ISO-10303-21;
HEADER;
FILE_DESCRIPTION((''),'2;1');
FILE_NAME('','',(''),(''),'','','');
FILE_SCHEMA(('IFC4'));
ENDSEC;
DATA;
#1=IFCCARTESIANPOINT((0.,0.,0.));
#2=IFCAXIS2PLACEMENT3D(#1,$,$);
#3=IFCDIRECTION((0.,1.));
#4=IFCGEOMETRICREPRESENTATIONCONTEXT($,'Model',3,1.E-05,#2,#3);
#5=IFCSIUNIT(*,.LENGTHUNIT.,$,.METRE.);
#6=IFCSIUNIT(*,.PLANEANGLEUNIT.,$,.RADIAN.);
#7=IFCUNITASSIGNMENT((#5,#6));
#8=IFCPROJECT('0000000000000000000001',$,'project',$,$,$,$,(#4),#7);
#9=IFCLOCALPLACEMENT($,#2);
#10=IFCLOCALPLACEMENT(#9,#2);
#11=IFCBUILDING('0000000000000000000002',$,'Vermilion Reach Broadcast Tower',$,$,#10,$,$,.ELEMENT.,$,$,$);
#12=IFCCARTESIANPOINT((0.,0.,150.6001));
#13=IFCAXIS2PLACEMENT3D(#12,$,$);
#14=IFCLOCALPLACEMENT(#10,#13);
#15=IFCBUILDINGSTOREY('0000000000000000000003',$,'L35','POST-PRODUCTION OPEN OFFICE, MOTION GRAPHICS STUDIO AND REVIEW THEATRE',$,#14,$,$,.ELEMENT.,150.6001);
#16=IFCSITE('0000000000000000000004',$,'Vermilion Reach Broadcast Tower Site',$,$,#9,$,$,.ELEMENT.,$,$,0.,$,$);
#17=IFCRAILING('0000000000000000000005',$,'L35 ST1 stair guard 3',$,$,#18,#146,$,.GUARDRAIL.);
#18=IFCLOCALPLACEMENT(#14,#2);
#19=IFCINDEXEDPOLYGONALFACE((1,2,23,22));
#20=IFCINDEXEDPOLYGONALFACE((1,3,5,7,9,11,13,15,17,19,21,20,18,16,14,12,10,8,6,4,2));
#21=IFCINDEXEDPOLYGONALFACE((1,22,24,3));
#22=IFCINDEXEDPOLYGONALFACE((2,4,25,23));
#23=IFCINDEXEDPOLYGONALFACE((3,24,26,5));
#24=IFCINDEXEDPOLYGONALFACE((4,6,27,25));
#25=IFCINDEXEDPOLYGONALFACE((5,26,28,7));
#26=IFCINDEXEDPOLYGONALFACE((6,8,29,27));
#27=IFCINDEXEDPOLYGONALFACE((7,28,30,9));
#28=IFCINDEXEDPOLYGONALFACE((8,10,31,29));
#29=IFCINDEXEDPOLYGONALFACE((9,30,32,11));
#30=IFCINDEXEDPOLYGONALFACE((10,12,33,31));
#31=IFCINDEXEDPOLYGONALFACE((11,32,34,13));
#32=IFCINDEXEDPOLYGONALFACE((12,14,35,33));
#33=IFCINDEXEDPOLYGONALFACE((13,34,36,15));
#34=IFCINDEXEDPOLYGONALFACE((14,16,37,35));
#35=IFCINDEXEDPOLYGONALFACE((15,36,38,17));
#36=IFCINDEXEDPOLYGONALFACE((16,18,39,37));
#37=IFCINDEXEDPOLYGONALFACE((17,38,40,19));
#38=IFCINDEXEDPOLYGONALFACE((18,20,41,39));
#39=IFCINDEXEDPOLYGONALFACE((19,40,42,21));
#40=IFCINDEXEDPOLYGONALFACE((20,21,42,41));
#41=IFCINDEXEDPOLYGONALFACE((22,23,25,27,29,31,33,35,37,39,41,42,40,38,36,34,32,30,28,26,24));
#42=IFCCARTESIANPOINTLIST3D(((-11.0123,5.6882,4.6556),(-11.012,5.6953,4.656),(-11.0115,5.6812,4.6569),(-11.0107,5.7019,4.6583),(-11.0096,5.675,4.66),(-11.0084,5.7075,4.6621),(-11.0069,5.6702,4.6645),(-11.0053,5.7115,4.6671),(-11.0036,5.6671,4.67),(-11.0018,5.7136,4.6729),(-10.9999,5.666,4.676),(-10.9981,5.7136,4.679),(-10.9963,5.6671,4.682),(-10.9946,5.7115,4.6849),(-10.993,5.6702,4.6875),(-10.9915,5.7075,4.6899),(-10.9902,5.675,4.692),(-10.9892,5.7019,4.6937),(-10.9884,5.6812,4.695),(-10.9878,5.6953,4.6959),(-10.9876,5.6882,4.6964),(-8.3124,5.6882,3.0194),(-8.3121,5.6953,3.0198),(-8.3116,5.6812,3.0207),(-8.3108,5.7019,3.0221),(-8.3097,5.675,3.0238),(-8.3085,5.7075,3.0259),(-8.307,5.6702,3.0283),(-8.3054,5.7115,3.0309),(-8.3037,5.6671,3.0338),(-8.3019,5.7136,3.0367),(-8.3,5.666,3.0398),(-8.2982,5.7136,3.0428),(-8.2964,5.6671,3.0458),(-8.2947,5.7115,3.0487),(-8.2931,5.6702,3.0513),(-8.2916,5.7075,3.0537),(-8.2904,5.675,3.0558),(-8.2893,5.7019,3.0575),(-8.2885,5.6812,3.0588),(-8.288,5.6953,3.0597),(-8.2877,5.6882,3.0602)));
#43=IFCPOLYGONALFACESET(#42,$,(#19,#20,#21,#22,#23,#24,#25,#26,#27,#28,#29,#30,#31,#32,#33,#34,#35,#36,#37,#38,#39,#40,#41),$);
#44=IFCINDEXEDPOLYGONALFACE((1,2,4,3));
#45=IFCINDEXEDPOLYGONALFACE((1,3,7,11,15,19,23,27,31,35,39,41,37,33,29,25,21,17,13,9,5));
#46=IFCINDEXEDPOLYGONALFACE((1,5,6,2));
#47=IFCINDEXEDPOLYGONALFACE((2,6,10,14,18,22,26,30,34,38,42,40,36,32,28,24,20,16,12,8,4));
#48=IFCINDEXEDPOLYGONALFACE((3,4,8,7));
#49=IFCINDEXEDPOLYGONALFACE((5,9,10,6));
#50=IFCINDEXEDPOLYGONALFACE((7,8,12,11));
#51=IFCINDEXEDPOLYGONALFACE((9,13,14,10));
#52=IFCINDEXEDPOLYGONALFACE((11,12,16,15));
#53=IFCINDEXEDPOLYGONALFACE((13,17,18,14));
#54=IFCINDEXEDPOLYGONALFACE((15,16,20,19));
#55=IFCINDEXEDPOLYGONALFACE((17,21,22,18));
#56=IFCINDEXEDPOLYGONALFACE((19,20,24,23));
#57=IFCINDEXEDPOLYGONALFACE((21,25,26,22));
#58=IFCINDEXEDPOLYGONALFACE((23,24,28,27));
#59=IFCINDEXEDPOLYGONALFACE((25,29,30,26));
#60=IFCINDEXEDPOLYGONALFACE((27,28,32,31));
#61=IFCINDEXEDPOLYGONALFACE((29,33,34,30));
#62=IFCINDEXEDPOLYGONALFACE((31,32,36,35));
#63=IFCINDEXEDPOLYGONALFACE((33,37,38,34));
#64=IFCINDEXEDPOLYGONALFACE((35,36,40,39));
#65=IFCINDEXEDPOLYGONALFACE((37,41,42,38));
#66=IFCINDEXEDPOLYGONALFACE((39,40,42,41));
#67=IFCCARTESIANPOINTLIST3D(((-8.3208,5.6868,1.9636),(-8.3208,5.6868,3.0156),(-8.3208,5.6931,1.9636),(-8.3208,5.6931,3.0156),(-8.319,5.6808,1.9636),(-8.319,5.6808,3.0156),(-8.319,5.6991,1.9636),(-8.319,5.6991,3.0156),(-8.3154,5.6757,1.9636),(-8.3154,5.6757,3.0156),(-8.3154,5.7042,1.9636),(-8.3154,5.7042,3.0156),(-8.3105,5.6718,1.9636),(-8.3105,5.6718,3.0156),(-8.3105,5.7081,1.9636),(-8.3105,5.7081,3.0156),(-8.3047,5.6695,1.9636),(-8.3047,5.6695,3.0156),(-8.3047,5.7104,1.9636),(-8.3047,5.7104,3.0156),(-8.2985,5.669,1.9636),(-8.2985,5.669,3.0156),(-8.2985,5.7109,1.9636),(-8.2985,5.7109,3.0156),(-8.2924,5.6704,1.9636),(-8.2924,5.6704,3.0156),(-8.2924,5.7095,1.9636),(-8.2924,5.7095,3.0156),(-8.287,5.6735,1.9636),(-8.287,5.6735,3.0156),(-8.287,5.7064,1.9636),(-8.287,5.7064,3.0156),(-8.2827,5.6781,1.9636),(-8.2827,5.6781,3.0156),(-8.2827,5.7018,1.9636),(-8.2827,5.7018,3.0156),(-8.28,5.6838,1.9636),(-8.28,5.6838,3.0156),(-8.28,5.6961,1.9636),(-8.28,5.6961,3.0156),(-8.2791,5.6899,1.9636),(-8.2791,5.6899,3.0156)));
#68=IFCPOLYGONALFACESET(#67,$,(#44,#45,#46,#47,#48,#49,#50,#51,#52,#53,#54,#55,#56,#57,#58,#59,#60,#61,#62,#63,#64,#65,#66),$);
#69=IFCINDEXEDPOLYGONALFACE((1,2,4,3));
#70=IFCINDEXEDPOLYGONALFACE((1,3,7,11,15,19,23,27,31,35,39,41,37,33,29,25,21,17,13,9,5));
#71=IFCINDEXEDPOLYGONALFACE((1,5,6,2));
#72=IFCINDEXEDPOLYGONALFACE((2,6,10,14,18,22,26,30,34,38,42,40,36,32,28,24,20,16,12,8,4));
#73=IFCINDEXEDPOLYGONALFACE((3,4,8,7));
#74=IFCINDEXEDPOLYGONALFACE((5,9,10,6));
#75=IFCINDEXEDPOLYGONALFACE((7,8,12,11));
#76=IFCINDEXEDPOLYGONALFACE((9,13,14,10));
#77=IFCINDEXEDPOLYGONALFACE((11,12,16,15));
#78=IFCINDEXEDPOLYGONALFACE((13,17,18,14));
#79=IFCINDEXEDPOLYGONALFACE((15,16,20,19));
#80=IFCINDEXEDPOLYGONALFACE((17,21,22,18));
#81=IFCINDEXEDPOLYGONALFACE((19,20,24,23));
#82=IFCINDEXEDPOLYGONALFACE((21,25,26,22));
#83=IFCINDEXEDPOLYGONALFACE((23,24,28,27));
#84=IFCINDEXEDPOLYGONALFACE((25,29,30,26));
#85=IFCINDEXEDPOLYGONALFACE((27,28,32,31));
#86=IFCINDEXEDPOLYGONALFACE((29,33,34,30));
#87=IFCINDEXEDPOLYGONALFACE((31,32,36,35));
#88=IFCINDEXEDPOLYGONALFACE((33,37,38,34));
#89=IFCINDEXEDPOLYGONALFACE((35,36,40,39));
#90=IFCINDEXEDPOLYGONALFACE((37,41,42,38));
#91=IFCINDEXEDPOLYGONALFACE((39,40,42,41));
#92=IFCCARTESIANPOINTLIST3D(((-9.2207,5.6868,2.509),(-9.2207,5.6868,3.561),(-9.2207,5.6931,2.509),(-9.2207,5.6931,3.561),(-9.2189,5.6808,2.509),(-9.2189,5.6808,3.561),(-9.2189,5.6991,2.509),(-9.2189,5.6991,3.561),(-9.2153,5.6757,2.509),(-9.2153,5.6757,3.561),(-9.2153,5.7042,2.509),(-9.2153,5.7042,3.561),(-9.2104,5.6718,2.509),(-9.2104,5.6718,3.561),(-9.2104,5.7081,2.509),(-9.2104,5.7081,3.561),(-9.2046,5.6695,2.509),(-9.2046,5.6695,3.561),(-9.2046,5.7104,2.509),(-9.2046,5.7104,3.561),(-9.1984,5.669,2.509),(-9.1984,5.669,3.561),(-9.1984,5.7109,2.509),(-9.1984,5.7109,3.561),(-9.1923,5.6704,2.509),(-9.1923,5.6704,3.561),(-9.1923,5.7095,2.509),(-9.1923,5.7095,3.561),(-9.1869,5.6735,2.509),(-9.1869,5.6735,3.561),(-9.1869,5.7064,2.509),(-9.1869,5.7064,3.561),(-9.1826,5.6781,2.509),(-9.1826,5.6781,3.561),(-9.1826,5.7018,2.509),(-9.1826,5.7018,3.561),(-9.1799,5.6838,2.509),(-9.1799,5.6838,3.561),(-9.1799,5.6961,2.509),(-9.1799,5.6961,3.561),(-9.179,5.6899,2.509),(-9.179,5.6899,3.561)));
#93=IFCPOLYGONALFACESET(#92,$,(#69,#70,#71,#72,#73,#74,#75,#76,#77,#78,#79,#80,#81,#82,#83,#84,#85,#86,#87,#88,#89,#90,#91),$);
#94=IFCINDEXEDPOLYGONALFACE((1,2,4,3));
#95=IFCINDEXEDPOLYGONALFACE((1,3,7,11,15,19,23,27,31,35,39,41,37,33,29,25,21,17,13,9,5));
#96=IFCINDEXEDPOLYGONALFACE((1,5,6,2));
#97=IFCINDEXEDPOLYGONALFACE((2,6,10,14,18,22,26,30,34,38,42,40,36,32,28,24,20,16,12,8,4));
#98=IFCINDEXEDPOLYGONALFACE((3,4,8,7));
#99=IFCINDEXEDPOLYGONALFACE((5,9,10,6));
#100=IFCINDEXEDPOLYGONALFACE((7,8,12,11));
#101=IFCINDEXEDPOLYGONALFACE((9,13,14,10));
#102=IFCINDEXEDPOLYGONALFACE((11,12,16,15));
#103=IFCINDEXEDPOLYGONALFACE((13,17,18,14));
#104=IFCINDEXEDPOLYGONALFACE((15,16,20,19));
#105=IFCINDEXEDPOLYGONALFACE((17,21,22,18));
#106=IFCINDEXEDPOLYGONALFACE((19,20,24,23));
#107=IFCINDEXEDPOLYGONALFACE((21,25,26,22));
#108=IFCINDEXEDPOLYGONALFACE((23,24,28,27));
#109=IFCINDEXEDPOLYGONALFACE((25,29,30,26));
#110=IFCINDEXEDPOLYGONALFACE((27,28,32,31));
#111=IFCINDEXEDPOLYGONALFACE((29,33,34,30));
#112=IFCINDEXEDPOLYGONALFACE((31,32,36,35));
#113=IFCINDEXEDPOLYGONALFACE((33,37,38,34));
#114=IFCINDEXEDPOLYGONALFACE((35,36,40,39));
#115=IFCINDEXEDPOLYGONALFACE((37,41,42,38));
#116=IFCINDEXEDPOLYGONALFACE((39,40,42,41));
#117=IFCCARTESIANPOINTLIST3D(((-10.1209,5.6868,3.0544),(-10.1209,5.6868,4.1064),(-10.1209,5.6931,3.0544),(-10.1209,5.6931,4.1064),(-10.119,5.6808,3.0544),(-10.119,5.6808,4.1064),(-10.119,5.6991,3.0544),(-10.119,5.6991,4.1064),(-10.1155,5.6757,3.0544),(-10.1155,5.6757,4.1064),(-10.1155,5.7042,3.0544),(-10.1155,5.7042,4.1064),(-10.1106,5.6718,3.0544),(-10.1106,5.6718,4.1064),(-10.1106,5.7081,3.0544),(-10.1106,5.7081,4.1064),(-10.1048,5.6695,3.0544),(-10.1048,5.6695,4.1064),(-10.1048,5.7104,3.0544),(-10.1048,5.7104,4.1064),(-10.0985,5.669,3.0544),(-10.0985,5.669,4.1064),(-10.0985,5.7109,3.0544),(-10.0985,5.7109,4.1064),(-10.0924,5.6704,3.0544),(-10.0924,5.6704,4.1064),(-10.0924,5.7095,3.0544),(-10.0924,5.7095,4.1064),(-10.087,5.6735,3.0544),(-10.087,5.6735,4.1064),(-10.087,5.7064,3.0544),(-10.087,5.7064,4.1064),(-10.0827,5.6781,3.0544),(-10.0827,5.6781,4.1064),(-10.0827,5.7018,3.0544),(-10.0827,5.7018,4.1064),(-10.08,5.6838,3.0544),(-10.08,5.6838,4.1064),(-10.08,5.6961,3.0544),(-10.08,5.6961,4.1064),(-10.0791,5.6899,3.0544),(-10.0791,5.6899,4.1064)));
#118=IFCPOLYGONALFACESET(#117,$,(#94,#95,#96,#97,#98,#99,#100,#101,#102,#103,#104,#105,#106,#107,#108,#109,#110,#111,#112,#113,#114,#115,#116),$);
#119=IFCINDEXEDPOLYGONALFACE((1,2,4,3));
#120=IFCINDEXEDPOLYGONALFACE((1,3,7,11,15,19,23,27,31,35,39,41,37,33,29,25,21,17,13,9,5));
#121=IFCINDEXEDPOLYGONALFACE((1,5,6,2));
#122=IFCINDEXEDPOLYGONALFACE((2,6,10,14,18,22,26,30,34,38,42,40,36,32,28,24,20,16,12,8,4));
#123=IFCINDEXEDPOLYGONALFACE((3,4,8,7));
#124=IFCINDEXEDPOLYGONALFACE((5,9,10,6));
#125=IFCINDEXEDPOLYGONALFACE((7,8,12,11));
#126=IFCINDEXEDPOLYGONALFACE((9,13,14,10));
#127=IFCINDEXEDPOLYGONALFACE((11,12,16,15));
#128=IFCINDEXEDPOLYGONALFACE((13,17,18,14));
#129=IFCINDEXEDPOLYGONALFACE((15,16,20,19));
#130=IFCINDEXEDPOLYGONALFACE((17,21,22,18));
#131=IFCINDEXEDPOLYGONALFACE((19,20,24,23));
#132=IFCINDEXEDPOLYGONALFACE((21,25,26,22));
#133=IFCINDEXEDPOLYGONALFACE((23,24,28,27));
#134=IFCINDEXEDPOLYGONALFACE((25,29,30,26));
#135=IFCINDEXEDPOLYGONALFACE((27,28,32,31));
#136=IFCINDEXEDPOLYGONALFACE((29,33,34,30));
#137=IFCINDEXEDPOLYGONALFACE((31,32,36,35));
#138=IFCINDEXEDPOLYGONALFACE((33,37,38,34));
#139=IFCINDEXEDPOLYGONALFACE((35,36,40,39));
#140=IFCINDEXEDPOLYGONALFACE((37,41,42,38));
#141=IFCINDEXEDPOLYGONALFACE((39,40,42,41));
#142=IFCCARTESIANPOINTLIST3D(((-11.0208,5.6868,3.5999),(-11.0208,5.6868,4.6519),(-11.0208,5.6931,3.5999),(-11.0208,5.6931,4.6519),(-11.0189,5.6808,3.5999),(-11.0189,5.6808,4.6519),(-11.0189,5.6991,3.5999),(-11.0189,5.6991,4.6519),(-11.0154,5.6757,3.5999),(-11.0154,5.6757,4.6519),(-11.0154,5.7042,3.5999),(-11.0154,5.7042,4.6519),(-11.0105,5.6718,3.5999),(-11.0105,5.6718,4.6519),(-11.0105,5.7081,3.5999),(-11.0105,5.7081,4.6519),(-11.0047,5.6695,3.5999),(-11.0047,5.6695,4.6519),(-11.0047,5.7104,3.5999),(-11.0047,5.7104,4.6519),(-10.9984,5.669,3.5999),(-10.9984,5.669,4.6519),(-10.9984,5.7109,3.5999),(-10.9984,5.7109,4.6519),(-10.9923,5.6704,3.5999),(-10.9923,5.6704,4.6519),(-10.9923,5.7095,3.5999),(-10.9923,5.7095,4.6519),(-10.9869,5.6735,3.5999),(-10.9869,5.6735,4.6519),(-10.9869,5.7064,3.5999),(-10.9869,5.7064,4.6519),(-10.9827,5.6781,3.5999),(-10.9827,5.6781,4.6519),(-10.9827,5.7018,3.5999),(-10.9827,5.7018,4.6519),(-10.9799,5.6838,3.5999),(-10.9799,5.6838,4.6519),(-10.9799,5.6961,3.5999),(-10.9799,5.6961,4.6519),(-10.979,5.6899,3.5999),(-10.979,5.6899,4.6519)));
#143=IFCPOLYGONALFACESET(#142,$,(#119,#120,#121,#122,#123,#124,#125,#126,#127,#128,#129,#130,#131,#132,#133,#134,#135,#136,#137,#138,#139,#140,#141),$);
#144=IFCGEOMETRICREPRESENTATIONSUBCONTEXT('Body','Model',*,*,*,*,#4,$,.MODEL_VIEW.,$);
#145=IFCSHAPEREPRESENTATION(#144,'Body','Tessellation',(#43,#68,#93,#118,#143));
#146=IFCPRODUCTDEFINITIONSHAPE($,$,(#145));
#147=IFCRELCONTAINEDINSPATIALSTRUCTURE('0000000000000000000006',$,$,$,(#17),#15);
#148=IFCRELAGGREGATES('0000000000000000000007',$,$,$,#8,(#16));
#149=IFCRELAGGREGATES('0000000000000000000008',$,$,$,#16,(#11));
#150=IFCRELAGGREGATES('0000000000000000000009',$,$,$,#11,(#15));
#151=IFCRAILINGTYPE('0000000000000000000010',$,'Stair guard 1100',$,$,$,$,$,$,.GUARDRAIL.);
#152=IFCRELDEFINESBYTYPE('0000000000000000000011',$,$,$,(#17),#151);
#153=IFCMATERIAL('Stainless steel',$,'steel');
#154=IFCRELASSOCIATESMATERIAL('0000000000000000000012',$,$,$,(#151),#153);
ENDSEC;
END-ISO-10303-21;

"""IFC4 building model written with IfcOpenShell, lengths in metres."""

from ifc_helpers import new_model, si_unit, direction, frame, origin, origin_2d, place, context, subcontext, project, spatial, circle, extrude, material, type_object, element, save


model = new_model("IFC4")

# Units and contexts
model_context = context("Model", 3, precision=1e-05, world=origin(), true_north=direction((0.0, 1.0)))
body_context = subcontext(model_context, "Body", "Model", "MODEL_VIEW")
ifc_project = project(units=[si_unit("LENGTHUNIT", "METRE"), si_unit("PLANEANGLEUNIT", "RADIAN")], contexts=[model_context])

# Site, building, storey
site_placement = place(None, origin())
site = spatial("IfcSite", under=ifc_project, at=site_placement, Name="Vermilion Reach Broadcast Tower Site", CompositionType="ELEMENT", RefElevation=0.0)
building_placement = place(site_placement, origin())
building = spatial("IfcBuilding", under=site, at=building_placement, Name="Vermilion Reach Broadcast Tower", CompositionType="ELEMENT")
storey_placement = place(building_placement, frame((0.0, 0.0, 150.6001)))
storey = spatial("IfcBuildingStorey", under=building, at=storey_placement, Name="L35", Description="POST-PRODUCTION OPEN OFFICE, MOTION GRAPHICS STUDIO AND REVIEW THEATRE", CompositionType="ELEMENT", Elevation=150.6001)

# Railing
ifc_material_1 = material(Name="Stainless steel", Category="steel")
railing_type_1 = type_object("IfcRailingType", Name="Stair guard 1100", PredefinedType="GUARDRAIL", material=ifc_material_1)
railing_1_placement = place(storey_placement, frame((-8.3, 5.6899, 1.9636)))
element("IfcRailing", 1, at=railing_1_placement, inside=storey, type_object=railing_type_1, Name="L35 ST1 stair guard 3", PredefinedType="GUARDRAIL", context=body_context, shape_type="SweptSolid", body=[
    extrude(circle(Radius=0.0239, at=origin_2d()), frame((0.0, 0.0, 1.0762), z_axis=(-0.855212, 0.0, 0.518278), x_axis=(0.0, -1.0, 0.0)), (0.0, 0.0, 1.0), 3.157),
    extrude(circle(Radius=0.021, at=origin_2d()), origin(), (0.0, 0.0, 1.0), 1.052),
    extrude(circle(Radius=0.021, at=origin_2d()), frame((-0.8999, 0.0, 0.5454)), (0.0, 0.0, 1.0), 1.052),
    extrude(circle(Radius=0.021, at=origin_2d()), frame((-1.8, 0.0, 1.0908)), (0.0, 0.0, 1.0), 1.052),
    extrude(circle(Radius=0.021, at=origin_2d()), frame((-2.7, 0.0, 1.6362)), (0.0, 0.0, 1.0), 1.052),
])

save(model, "model.ifc")
